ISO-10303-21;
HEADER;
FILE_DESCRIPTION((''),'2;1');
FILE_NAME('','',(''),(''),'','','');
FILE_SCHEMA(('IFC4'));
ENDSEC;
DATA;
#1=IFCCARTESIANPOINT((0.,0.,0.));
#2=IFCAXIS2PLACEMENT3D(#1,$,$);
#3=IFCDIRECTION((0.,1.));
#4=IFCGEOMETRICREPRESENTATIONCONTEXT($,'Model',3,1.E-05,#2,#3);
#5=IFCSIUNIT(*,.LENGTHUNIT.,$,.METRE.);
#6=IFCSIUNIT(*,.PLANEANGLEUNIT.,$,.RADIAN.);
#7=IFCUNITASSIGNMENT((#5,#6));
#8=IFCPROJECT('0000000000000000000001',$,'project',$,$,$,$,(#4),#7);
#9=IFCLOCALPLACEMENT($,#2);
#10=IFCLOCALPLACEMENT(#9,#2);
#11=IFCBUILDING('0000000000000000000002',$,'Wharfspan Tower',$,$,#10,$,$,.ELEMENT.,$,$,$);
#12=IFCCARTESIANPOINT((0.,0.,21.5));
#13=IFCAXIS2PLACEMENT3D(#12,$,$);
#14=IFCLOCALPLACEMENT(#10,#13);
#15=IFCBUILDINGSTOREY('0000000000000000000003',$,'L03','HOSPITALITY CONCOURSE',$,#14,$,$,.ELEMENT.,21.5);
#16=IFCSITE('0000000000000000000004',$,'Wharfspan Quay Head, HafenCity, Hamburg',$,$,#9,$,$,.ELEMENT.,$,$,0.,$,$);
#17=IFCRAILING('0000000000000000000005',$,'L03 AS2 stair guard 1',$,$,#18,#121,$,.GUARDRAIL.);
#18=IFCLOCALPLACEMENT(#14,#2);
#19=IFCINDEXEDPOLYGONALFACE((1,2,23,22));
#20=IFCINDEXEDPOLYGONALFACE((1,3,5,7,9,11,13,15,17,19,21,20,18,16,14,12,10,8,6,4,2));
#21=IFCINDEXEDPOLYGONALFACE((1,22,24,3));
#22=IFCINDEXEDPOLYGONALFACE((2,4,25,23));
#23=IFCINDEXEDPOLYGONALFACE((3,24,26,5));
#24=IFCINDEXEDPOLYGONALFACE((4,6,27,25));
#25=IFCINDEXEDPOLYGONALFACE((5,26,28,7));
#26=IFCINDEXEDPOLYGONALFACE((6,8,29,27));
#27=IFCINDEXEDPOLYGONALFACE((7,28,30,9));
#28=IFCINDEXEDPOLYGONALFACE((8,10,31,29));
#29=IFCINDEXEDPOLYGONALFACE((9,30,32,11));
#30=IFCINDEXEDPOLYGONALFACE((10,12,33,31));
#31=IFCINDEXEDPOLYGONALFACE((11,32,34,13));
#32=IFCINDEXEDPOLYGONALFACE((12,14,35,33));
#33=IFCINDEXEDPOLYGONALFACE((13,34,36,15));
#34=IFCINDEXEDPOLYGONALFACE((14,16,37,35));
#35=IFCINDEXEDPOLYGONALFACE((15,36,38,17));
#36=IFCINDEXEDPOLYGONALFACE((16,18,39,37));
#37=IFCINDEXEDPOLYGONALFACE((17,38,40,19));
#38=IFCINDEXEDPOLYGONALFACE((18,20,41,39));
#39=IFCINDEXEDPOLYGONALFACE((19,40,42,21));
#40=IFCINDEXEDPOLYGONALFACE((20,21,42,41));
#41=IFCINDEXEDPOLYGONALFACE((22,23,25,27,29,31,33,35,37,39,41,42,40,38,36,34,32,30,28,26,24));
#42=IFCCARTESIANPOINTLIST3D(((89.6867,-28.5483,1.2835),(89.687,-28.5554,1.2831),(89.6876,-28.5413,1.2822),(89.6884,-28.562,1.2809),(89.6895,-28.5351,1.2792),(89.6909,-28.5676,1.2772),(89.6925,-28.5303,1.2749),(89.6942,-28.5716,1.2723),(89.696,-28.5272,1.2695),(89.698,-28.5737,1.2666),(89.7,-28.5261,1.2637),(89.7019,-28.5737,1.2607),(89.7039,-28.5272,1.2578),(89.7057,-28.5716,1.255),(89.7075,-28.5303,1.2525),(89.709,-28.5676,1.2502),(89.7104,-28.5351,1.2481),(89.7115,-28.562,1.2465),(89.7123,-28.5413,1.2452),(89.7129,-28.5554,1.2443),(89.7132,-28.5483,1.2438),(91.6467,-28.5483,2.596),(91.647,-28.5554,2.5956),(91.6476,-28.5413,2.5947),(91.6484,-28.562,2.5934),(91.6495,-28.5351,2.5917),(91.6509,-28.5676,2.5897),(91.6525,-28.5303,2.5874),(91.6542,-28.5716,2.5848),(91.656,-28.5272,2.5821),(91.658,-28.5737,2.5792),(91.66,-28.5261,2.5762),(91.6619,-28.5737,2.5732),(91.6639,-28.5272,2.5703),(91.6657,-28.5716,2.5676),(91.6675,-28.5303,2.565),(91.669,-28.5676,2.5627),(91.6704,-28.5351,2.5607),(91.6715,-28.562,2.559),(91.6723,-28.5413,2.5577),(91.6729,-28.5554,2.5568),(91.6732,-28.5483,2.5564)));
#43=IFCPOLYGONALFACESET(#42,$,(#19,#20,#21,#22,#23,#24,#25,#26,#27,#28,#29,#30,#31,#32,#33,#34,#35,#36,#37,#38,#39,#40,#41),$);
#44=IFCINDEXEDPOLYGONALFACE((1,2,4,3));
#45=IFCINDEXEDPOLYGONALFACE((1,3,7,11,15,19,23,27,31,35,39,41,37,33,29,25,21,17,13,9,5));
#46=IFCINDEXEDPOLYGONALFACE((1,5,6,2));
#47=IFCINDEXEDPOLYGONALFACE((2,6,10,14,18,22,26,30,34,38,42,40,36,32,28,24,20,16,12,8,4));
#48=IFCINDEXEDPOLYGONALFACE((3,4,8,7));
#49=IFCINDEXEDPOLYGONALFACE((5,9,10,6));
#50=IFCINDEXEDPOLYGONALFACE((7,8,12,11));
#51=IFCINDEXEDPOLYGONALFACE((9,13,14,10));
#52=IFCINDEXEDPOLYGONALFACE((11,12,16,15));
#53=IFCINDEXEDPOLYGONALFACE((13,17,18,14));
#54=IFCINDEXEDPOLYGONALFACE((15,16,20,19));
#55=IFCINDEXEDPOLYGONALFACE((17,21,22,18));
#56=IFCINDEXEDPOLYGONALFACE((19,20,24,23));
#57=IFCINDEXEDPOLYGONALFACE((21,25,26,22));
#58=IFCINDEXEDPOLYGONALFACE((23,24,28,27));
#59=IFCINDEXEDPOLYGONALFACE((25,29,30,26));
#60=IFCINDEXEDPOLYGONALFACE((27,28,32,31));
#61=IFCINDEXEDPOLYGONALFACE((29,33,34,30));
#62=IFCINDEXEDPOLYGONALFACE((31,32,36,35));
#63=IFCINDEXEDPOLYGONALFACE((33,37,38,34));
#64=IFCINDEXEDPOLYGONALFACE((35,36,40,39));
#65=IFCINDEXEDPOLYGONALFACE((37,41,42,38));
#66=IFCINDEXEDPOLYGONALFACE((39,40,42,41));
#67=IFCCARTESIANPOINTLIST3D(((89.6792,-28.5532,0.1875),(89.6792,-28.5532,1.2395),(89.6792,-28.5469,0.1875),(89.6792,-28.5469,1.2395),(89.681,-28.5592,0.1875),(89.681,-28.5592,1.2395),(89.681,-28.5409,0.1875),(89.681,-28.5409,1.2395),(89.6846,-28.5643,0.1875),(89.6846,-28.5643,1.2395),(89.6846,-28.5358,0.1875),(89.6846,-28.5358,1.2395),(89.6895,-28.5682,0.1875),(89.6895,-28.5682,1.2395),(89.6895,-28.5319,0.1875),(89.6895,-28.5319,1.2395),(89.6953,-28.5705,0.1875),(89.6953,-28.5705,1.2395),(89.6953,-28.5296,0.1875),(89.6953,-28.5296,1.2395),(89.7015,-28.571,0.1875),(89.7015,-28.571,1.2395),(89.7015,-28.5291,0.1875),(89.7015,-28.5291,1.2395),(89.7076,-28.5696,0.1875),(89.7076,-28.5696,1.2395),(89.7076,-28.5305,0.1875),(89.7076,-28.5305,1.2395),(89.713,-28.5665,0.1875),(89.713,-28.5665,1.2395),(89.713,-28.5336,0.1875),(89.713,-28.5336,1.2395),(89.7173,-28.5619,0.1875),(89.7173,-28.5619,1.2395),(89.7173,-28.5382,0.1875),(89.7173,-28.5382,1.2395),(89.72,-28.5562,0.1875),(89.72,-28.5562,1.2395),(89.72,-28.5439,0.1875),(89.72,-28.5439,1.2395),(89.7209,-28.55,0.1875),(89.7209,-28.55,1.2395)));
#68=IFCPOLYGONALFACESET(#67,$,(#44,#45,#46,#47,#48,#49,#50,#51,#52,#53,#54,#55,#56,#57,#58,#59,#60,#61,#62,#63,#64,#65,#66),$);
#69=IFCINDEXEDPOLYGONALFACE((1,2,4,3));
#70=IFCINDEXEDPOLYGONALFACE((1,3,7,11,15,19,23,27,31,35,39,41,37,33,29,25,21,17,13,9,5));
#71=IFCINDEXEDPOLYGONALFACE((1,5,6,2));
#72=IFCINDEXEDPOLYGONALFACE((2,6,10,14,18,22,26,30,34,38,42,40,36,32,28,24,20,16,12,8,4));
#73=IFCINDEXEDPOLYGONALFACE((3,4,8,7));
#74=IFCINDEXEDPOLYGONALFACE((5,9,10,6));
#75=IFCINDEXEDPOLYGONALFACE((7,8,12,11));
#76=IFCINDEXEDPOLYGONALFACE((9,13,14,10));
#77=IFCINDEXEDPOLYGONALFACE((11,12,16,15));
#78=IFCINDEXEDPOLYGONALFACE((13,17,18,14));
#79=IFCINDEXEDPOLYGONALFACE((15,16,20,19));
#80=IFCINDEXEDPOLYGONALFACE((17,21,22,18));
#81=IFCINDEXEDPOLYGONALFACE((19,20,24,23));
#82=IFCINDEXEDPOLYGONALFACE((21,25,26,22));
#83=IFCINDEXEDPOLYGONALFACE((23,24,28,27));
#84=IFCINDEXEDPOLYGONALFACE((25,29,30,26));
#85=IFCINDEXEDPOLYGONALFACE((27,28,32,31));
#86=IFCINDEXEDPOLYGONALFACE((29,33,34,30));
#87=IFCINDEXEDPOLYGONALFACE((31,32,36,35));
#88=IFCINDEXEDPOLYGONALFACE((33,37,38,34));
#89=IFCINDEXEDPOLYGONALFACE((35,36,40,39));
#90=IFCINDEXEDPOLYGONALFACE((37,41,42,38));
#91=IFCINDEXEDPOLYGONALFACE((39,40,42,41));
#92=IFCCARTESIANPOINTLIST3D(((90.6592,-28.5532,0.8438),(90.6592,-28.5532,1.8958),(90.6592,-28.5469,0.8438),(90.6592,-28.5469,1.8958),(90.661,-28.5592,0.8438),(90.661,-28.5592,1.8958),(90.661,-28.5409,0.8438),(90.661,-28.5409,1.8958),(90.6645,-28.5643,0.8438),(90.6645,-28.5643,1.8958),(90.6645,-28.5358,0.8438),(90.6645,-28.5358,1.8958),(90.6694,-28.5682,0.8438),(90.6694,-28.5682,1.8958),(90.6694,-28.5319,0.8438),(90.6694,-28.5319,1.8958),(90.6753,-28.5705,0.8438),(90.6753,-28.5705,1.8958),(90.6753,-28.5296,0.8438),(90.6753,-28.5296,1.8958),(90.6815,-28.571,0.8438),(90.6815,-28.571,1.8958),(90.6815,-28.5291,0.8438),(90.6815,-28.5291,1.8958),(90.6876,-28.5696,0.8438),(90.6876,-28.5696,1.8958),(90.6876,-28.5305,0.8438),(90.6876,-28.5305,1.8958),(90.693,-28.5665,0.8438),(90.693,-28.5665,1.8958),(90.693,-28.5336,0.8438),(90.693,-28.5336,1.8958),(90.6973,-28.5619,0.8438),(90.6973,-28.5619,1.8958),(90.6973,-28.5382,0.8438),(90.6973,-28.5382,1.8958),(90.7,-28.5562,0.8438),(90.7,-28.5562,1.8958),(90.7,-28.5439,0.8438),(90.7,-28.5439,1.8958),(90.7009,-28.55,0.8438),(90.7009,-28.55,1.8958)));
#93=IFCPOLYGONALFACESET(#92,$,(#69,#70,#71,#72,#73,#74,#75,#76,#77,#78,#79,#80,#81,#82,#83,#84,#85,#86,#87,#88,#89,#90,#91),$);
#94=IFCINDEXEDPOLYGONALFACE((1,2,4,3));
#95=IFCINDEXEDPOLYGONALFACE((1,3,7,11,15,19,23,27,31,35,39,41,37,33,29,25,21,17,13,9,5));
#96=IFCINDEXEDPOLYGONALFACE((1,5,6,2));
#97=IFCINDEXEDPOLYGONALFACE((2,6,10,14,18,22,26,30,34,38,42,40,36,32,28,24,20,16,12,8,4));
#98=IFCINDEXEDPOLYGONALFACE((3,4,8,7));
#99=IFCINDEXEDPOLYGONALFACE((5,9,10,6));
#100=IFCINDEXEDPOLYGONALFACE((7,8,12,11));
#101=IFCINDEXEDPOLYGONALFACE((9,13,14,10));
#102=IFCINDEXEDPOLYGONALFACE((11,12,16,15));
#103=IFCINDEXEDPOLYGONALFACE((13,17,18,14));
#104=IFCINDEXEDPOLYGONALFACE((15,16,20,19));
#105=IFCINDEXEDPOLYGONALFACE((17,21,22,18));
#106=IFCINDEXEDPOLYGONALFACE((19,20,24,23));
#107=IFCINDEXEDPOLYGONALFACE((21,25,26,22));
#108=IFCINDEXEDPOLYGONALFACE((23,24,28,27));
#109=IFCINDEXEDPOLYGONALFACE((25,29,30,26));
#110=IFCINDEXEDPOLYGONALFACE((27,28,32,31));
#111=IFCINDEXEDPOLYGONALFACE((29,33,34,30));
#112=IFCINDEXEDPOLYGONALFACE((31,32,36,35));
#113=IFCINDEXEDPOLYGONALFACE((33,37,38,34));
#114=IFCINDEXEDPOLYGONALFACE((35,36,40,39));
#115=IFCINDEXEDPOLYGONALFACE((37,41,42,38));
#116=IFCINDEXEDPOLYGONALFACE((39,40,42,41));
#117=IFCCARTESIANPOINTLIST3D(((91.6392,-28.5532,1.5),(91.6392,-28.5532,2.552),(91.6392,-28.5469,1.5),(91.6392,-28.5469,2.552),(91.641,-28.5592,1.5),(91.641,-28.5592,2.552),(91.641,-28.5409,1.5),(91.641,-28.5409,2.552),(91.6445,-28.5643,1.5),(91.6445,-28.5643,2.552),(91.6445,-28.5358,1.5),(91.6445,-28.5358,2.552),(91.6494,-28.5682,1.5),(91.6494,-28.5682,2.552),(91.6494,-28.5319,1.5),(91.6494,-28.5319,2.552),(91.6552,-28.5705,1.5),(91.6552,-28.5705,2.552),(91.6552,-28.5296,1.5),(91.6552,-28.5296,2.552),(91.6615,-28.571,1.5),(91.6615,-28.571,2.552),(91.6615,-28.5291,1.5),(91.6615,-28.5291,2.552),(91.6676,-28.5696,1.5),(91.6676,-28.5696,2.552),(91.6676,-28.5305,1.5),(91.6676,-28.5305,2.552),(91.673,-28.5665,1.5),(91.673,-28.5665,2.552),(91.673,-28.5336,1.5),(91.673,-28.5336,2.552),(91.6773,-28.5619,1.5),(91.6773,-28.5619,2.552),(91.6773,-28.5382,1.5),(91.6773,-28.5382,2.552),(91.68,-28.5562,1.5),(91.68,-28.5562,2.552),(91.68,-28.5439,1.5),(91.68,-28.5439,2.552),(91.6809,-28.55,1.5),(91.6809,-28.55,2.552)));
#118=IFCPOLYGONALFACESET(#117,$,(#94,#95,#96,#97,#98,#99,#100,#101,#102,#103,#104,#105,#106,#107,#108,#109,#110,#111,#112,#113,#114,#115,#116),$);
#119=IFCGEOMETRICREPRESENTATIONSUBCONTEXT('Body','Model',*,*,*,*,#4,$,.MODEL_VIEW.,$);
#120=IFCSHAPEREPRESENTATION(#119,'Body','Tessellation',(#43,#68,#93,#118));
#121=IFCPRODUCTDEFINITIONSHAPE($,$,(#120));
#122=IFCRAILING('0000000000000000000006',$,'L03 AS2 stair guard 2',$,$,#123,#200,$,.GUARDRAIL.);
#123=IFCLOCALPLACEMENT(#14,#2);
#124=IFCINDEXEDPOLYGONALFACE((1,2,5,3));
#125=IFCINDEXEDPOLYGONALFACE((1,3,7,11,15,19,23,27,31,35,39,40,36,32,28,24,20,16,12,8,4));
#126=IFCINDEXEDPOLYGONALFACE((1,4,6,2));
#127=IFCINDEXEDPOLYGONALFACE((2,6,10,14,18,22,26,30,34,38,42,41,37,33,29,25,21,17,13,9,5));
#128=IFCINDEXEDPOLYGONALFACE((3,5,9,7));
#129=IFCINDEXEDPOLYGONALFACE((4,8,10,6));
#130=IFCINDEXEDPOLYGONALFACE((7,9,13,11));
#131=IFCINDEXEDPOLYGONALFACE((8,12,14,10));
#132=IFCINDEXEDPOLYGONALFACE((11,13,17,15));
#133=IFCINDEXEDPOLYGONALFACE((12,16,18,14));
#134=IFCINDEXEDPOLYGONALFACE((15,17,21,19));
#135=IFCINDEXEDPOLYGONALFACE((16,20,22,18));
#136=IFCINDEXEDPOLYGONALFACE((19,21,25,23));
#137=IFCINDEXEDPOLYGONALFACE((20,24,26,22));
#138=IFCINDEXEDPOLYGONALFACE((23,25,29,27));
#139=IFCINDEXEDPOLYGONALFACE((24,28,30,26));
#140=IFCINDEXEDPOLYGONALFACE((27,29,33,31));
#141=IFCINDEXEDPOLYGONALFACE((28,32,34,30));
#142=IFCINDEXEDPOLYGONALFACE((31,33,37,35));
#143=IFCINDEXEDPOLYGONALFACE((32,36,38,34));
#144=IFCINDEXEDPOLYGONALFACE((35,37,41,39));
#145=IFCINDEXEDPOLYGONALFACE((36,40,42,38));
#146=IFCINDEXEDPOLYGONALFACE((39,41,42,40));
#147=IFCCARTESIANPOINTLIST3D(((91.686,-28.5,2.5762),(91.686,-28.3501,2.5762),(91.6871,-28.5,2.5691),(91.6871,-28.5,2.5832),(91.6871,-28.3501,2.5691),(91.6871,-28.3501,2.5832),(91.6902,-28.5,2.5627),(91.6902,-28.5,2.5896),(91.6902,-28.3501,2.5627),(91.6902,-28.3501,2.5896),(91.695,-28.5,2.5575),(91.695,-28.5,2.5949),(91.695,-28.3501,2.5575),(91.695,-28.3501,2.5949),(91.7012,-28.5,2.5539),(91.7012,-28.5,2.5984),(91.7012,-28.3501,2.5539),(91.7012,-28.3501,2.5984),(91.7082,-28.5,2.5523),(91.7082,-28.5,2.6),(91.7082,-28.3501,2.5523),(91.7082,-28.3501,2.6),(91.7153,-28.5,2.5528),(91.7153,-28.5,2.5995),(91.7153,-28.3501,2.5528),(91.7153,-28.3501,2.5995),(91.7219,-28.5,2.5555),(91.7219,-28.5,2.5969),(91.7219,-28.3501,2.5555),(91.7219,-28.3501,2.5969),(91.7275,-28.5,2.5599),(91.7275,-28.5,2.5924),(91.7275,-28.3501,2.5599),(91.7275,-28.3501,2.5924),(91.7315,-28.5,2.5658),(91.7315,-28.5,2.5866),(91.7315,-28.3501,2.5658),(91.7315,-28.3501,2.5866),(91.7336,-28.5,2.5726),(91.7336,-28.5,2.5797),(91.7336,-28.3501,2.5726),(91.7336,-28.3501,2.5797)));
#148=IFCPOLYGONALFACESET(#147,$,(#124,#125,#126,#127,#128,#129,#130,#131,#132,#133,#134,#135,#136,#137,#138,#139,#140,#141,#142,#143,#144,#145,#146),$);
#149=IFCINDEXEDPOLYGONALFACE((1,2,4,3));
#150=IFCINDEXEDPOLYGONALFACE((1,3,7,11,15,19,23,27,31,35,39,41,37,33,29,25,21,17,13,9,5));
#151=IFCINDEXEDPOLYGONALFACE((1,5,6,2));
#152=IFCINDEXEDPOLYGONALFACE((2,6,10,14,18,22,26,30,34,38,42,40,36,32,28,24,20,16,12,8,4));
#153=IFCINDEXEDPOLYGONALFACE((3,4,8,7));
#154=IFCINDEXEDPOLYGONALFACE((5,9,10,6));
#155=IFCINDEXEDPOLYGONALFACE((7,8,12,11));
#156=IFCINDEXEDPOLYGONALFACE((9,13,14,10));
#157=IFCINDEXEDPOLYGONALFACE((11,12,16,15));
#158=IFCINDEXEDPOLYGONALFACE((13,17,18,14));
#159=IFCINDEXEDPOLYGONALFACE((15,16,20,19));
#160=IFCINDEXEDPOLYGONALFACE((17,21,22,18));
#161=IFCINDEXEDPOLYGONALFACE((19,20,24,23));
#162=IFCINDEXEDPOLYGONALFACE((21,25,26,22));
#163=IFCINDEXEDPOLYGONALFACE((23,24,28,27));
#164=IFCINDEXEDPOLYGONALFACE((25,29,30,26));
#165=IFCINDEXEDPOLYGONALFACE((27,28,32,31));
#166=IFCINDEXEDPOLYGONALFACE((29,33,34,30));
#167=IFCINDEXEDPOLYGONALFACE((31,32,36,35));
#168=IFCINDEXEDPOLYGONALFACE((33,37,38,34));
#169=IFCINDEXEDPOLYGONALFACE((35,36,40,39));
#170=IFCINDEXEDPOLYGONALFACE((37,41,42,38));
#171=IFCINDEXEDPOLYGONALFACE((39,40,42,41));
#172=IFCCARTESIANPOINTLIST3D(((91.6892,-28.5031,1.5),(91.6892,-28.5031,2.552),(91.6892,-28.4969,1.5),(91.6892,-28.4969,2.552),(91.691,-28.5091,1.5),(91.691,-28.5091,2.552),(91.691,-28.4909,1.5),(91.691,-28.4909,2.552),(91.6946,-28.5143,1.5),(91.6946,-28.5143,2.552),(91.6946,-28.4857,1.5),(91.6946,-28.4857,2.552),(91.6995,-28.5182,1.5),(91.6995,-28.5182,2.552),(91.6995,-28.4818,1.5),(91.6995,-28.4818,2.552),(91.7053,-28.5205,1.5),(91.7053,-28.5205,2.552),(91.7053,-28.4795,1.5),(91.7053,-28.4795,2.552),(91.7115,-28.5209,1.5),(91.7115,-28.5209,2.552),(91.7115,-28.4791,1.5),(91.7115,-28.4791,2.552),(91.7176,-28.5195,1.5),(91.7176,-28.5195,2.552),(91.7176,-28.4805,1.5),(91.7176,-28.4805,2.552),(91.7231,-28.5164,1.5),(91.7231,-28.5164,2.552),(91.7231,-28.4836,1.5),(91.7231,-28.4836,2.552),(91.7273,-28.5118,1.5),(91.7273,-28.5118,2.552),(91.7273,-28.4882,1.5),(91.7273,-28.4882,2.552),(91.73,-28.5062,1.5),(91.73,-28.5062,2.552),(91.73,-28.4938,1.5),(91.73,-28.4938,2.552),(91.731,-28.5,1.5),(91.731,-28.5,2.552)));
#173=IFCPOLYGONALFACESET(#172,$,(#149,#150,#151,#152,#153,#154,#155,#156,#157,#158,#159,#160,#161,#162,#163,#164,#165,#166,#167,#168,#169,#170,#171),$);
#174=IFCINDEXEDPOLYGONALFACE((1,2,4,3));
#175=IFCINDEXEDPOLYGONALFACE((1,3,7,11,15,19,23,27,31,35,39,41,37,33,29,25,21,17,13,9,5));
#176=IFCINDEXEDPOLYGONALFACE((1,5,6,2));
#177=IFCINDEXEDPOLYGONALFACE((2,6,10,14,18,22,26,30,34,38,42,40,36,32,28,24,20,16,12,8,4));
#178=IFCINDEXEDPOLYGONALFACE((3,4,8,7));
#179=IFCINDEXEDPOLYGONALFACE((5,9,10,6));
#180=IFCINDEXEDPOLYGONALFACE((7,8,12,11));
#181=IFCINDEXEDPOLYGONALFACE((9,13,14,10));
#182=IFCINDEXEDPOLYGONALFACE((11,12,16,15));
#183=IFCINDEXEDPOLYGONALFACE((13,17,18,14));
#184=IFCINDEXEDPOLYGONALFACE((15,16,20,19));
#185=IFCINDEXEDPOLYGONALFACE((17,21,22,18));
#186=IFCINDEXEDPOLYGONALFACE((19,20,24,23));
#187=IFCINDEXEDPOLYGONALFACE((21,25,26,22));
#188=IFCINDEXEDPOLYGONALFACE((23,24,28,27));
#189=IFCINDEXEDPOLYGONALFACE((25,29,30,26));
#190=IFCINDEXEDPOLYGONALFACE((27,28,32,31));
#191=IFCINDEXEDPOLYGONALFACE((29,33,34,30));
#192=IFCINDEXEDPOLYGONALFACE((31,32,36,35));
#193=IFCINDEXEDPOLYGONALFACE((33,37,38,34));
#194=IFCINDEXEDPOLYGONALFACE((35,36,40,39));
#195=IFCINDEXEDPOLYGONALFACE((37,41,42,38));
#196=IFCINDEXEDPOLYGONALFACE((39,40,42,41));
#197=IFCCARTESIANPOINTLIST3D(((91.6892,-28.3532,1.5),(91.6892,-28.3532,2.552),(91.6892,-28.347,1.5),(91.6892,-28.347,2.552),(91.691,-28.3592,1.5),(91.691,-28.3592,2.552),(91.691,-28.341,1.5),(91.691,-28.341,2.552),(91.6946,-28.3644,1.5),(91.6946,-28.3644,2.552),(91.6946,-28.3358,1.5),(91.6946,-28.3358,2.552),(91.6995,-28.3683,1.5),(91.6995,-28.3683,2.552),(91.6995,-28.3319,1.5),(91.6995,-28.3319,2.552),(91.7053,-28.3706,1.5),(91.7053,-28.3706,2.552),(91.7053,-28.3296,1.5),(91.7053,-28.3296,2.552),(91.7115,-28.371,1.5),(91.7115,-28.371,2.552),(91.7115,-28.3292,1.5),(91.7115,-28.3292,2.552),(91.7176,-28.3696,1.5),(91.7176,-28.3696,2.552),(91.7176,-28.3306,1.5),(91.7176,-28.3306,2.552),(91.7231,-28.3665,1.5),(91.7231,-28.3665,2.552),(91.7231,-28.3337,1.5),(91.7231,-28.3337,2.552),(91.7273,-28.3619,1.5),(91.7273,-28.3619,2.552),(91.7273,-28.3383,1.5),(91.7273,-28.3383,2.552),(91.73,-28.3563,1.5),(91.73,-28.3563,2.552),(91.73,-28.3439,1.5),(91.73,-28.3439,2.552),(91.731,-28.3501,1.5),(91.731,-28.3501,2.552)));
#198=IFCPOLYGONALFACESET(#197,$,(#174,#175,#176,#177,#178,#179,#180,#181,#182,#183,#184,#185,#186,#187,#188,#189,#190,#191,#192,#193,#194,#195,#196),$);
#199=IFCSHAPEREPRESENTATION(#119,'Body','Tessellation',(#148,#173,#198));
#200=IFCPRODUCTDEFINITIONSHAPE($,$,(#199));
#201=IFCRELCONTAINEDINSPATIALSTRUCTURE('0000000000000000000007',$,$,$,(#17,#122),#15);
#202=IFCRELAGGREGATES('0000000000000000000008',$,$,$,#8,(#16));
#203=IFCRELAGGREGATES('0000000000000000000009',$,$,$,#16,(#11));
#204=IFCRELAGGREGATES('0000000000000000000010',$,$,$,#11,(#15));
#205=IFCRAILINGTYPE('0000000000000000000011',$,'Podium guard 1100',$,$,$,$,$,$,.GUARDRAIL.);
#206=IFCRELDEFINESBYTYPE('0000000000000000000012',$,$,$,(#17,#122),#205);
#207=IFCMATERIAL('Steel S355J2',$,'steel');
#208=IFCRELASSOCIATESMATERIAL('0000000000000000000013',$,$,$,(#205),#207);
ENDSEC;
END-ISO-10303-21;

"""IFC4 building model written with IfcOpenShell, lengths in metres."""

from ifc_helpers import new_model, si_unit, direction, frame, origin, origin_2d, place, context, subcontext, project, spatial, circle, extrude, material, type_object, element, save


model = new_model("IFC4")

# Units and contexts
model_context = context("Model", 3, precision=1e-05, world=origin(), true_north=direction((0.0, 1.0)))
body_context = subcontext(model_context, "Body", "Model", "MODEL_VIEW")
ifc_project = project(units=[si_unit("LENGTHUNIT", "METRE"), si_unit("PLANEANGLEUNIT", "RADIAN")], contexts=[model_context])

# Site, building, storey
site_placement = place(None, origin())
site = spatial("IfcSite", under=ifc_project, at=site_placement, Name="Wharfspan Quay Head, HafenCity, Hamburg", CompositionType="ELEMENT", RefElevation=0.0)
building_placement = place(site_placement, origin())
building = spatial("IfcBuilding", under=site, at=building_placement, Name="Wharfspan Tower", CompositionType="ELEMENT")
storey_placement = place(building_placement, frame((0.0, 0.0, 21.5)))
storey = spatial("IfcBuildingStorey", under=building, at=storey_placement, Name="L03", Description="HOSPITALITY CONCOURSE", CompositionType="ELEMENT", Elevation=21.5)

# Railings
ifc_material_1 = material(Name="Steel S355J2", Category="steel")
railing_type_1 = type_object("IfcRailingType", Name="Podium guard 1100", PredefinedType="GUARDRAIL", material=ifc_material_1)
railing_1_placement = place(storey_placement, frame((89.7, -28.55, 0.1875)))
element("IfcRailing", 1, at=railing_1_placement, inside=storey, type_object=railing_type_1, Name="L03 AS2 stair guard 1", PredefinedType="GUARDRAIL", context=body_context, shape_type="SweptSolid", body=[
    extrude(circle(Radius=0.0239, at=origin_2d()), frame((0.0, 0.0, 1.0762), z_axis=(0.830902, 0.0, 0.556419), x_axis=(0.0, 1.0, 0.0)), (0.0, 0.0, 1.0), 2.3589),
    extrude(circle(Radius=0.021, at=origin_2d()), origin(), (0.0, 0.0, 1.0), 1.052),
    extrude(circle(Radius=0.021, at=origin_2d()), frame((0.98, 0.0, 0.6562)), (0.0, 0.0, 1.0), 1.052),
    extrude(circle(Radius=0.021, at=origin_2d()), frame((1.96, 0.0, 1.3125)), (0.0, 0.0, 1.0), 1.052),
])
railing_2_placement = place(storey_placement, frame((91.71, -28.5, 1.5)))
element("IfcRailing", 2, at=railing_2_placement, inside=storey, type_object=railing_type_1, Name="L03 AS2 stair guard 2", PredefinedType="GUARDRAIL", context=body_context, shape_type="SweptSolid", body=[
    extrude(circle(Radius=0.0239, at=origin_2d()), frame((0.0, 0.0, 1.0762), z_axis=(0.0, 1.0, 0.0), x_axis=(-1.0, 0.0, 0.0)), (0.0, 0.0, 1.0), 0.1499),
    extrude(circle(Radius=0.021, at=origin_2d()), origin(), (0.0, 0.0, 1.0), 1.052),
    extrude(circle(Radius=0.021, at=origin_2d()), frame((0.0, 0.1499, 0.0)), (0.0, 0.0, 1.0), 1.052),
])

save(model, "model.ifc")
